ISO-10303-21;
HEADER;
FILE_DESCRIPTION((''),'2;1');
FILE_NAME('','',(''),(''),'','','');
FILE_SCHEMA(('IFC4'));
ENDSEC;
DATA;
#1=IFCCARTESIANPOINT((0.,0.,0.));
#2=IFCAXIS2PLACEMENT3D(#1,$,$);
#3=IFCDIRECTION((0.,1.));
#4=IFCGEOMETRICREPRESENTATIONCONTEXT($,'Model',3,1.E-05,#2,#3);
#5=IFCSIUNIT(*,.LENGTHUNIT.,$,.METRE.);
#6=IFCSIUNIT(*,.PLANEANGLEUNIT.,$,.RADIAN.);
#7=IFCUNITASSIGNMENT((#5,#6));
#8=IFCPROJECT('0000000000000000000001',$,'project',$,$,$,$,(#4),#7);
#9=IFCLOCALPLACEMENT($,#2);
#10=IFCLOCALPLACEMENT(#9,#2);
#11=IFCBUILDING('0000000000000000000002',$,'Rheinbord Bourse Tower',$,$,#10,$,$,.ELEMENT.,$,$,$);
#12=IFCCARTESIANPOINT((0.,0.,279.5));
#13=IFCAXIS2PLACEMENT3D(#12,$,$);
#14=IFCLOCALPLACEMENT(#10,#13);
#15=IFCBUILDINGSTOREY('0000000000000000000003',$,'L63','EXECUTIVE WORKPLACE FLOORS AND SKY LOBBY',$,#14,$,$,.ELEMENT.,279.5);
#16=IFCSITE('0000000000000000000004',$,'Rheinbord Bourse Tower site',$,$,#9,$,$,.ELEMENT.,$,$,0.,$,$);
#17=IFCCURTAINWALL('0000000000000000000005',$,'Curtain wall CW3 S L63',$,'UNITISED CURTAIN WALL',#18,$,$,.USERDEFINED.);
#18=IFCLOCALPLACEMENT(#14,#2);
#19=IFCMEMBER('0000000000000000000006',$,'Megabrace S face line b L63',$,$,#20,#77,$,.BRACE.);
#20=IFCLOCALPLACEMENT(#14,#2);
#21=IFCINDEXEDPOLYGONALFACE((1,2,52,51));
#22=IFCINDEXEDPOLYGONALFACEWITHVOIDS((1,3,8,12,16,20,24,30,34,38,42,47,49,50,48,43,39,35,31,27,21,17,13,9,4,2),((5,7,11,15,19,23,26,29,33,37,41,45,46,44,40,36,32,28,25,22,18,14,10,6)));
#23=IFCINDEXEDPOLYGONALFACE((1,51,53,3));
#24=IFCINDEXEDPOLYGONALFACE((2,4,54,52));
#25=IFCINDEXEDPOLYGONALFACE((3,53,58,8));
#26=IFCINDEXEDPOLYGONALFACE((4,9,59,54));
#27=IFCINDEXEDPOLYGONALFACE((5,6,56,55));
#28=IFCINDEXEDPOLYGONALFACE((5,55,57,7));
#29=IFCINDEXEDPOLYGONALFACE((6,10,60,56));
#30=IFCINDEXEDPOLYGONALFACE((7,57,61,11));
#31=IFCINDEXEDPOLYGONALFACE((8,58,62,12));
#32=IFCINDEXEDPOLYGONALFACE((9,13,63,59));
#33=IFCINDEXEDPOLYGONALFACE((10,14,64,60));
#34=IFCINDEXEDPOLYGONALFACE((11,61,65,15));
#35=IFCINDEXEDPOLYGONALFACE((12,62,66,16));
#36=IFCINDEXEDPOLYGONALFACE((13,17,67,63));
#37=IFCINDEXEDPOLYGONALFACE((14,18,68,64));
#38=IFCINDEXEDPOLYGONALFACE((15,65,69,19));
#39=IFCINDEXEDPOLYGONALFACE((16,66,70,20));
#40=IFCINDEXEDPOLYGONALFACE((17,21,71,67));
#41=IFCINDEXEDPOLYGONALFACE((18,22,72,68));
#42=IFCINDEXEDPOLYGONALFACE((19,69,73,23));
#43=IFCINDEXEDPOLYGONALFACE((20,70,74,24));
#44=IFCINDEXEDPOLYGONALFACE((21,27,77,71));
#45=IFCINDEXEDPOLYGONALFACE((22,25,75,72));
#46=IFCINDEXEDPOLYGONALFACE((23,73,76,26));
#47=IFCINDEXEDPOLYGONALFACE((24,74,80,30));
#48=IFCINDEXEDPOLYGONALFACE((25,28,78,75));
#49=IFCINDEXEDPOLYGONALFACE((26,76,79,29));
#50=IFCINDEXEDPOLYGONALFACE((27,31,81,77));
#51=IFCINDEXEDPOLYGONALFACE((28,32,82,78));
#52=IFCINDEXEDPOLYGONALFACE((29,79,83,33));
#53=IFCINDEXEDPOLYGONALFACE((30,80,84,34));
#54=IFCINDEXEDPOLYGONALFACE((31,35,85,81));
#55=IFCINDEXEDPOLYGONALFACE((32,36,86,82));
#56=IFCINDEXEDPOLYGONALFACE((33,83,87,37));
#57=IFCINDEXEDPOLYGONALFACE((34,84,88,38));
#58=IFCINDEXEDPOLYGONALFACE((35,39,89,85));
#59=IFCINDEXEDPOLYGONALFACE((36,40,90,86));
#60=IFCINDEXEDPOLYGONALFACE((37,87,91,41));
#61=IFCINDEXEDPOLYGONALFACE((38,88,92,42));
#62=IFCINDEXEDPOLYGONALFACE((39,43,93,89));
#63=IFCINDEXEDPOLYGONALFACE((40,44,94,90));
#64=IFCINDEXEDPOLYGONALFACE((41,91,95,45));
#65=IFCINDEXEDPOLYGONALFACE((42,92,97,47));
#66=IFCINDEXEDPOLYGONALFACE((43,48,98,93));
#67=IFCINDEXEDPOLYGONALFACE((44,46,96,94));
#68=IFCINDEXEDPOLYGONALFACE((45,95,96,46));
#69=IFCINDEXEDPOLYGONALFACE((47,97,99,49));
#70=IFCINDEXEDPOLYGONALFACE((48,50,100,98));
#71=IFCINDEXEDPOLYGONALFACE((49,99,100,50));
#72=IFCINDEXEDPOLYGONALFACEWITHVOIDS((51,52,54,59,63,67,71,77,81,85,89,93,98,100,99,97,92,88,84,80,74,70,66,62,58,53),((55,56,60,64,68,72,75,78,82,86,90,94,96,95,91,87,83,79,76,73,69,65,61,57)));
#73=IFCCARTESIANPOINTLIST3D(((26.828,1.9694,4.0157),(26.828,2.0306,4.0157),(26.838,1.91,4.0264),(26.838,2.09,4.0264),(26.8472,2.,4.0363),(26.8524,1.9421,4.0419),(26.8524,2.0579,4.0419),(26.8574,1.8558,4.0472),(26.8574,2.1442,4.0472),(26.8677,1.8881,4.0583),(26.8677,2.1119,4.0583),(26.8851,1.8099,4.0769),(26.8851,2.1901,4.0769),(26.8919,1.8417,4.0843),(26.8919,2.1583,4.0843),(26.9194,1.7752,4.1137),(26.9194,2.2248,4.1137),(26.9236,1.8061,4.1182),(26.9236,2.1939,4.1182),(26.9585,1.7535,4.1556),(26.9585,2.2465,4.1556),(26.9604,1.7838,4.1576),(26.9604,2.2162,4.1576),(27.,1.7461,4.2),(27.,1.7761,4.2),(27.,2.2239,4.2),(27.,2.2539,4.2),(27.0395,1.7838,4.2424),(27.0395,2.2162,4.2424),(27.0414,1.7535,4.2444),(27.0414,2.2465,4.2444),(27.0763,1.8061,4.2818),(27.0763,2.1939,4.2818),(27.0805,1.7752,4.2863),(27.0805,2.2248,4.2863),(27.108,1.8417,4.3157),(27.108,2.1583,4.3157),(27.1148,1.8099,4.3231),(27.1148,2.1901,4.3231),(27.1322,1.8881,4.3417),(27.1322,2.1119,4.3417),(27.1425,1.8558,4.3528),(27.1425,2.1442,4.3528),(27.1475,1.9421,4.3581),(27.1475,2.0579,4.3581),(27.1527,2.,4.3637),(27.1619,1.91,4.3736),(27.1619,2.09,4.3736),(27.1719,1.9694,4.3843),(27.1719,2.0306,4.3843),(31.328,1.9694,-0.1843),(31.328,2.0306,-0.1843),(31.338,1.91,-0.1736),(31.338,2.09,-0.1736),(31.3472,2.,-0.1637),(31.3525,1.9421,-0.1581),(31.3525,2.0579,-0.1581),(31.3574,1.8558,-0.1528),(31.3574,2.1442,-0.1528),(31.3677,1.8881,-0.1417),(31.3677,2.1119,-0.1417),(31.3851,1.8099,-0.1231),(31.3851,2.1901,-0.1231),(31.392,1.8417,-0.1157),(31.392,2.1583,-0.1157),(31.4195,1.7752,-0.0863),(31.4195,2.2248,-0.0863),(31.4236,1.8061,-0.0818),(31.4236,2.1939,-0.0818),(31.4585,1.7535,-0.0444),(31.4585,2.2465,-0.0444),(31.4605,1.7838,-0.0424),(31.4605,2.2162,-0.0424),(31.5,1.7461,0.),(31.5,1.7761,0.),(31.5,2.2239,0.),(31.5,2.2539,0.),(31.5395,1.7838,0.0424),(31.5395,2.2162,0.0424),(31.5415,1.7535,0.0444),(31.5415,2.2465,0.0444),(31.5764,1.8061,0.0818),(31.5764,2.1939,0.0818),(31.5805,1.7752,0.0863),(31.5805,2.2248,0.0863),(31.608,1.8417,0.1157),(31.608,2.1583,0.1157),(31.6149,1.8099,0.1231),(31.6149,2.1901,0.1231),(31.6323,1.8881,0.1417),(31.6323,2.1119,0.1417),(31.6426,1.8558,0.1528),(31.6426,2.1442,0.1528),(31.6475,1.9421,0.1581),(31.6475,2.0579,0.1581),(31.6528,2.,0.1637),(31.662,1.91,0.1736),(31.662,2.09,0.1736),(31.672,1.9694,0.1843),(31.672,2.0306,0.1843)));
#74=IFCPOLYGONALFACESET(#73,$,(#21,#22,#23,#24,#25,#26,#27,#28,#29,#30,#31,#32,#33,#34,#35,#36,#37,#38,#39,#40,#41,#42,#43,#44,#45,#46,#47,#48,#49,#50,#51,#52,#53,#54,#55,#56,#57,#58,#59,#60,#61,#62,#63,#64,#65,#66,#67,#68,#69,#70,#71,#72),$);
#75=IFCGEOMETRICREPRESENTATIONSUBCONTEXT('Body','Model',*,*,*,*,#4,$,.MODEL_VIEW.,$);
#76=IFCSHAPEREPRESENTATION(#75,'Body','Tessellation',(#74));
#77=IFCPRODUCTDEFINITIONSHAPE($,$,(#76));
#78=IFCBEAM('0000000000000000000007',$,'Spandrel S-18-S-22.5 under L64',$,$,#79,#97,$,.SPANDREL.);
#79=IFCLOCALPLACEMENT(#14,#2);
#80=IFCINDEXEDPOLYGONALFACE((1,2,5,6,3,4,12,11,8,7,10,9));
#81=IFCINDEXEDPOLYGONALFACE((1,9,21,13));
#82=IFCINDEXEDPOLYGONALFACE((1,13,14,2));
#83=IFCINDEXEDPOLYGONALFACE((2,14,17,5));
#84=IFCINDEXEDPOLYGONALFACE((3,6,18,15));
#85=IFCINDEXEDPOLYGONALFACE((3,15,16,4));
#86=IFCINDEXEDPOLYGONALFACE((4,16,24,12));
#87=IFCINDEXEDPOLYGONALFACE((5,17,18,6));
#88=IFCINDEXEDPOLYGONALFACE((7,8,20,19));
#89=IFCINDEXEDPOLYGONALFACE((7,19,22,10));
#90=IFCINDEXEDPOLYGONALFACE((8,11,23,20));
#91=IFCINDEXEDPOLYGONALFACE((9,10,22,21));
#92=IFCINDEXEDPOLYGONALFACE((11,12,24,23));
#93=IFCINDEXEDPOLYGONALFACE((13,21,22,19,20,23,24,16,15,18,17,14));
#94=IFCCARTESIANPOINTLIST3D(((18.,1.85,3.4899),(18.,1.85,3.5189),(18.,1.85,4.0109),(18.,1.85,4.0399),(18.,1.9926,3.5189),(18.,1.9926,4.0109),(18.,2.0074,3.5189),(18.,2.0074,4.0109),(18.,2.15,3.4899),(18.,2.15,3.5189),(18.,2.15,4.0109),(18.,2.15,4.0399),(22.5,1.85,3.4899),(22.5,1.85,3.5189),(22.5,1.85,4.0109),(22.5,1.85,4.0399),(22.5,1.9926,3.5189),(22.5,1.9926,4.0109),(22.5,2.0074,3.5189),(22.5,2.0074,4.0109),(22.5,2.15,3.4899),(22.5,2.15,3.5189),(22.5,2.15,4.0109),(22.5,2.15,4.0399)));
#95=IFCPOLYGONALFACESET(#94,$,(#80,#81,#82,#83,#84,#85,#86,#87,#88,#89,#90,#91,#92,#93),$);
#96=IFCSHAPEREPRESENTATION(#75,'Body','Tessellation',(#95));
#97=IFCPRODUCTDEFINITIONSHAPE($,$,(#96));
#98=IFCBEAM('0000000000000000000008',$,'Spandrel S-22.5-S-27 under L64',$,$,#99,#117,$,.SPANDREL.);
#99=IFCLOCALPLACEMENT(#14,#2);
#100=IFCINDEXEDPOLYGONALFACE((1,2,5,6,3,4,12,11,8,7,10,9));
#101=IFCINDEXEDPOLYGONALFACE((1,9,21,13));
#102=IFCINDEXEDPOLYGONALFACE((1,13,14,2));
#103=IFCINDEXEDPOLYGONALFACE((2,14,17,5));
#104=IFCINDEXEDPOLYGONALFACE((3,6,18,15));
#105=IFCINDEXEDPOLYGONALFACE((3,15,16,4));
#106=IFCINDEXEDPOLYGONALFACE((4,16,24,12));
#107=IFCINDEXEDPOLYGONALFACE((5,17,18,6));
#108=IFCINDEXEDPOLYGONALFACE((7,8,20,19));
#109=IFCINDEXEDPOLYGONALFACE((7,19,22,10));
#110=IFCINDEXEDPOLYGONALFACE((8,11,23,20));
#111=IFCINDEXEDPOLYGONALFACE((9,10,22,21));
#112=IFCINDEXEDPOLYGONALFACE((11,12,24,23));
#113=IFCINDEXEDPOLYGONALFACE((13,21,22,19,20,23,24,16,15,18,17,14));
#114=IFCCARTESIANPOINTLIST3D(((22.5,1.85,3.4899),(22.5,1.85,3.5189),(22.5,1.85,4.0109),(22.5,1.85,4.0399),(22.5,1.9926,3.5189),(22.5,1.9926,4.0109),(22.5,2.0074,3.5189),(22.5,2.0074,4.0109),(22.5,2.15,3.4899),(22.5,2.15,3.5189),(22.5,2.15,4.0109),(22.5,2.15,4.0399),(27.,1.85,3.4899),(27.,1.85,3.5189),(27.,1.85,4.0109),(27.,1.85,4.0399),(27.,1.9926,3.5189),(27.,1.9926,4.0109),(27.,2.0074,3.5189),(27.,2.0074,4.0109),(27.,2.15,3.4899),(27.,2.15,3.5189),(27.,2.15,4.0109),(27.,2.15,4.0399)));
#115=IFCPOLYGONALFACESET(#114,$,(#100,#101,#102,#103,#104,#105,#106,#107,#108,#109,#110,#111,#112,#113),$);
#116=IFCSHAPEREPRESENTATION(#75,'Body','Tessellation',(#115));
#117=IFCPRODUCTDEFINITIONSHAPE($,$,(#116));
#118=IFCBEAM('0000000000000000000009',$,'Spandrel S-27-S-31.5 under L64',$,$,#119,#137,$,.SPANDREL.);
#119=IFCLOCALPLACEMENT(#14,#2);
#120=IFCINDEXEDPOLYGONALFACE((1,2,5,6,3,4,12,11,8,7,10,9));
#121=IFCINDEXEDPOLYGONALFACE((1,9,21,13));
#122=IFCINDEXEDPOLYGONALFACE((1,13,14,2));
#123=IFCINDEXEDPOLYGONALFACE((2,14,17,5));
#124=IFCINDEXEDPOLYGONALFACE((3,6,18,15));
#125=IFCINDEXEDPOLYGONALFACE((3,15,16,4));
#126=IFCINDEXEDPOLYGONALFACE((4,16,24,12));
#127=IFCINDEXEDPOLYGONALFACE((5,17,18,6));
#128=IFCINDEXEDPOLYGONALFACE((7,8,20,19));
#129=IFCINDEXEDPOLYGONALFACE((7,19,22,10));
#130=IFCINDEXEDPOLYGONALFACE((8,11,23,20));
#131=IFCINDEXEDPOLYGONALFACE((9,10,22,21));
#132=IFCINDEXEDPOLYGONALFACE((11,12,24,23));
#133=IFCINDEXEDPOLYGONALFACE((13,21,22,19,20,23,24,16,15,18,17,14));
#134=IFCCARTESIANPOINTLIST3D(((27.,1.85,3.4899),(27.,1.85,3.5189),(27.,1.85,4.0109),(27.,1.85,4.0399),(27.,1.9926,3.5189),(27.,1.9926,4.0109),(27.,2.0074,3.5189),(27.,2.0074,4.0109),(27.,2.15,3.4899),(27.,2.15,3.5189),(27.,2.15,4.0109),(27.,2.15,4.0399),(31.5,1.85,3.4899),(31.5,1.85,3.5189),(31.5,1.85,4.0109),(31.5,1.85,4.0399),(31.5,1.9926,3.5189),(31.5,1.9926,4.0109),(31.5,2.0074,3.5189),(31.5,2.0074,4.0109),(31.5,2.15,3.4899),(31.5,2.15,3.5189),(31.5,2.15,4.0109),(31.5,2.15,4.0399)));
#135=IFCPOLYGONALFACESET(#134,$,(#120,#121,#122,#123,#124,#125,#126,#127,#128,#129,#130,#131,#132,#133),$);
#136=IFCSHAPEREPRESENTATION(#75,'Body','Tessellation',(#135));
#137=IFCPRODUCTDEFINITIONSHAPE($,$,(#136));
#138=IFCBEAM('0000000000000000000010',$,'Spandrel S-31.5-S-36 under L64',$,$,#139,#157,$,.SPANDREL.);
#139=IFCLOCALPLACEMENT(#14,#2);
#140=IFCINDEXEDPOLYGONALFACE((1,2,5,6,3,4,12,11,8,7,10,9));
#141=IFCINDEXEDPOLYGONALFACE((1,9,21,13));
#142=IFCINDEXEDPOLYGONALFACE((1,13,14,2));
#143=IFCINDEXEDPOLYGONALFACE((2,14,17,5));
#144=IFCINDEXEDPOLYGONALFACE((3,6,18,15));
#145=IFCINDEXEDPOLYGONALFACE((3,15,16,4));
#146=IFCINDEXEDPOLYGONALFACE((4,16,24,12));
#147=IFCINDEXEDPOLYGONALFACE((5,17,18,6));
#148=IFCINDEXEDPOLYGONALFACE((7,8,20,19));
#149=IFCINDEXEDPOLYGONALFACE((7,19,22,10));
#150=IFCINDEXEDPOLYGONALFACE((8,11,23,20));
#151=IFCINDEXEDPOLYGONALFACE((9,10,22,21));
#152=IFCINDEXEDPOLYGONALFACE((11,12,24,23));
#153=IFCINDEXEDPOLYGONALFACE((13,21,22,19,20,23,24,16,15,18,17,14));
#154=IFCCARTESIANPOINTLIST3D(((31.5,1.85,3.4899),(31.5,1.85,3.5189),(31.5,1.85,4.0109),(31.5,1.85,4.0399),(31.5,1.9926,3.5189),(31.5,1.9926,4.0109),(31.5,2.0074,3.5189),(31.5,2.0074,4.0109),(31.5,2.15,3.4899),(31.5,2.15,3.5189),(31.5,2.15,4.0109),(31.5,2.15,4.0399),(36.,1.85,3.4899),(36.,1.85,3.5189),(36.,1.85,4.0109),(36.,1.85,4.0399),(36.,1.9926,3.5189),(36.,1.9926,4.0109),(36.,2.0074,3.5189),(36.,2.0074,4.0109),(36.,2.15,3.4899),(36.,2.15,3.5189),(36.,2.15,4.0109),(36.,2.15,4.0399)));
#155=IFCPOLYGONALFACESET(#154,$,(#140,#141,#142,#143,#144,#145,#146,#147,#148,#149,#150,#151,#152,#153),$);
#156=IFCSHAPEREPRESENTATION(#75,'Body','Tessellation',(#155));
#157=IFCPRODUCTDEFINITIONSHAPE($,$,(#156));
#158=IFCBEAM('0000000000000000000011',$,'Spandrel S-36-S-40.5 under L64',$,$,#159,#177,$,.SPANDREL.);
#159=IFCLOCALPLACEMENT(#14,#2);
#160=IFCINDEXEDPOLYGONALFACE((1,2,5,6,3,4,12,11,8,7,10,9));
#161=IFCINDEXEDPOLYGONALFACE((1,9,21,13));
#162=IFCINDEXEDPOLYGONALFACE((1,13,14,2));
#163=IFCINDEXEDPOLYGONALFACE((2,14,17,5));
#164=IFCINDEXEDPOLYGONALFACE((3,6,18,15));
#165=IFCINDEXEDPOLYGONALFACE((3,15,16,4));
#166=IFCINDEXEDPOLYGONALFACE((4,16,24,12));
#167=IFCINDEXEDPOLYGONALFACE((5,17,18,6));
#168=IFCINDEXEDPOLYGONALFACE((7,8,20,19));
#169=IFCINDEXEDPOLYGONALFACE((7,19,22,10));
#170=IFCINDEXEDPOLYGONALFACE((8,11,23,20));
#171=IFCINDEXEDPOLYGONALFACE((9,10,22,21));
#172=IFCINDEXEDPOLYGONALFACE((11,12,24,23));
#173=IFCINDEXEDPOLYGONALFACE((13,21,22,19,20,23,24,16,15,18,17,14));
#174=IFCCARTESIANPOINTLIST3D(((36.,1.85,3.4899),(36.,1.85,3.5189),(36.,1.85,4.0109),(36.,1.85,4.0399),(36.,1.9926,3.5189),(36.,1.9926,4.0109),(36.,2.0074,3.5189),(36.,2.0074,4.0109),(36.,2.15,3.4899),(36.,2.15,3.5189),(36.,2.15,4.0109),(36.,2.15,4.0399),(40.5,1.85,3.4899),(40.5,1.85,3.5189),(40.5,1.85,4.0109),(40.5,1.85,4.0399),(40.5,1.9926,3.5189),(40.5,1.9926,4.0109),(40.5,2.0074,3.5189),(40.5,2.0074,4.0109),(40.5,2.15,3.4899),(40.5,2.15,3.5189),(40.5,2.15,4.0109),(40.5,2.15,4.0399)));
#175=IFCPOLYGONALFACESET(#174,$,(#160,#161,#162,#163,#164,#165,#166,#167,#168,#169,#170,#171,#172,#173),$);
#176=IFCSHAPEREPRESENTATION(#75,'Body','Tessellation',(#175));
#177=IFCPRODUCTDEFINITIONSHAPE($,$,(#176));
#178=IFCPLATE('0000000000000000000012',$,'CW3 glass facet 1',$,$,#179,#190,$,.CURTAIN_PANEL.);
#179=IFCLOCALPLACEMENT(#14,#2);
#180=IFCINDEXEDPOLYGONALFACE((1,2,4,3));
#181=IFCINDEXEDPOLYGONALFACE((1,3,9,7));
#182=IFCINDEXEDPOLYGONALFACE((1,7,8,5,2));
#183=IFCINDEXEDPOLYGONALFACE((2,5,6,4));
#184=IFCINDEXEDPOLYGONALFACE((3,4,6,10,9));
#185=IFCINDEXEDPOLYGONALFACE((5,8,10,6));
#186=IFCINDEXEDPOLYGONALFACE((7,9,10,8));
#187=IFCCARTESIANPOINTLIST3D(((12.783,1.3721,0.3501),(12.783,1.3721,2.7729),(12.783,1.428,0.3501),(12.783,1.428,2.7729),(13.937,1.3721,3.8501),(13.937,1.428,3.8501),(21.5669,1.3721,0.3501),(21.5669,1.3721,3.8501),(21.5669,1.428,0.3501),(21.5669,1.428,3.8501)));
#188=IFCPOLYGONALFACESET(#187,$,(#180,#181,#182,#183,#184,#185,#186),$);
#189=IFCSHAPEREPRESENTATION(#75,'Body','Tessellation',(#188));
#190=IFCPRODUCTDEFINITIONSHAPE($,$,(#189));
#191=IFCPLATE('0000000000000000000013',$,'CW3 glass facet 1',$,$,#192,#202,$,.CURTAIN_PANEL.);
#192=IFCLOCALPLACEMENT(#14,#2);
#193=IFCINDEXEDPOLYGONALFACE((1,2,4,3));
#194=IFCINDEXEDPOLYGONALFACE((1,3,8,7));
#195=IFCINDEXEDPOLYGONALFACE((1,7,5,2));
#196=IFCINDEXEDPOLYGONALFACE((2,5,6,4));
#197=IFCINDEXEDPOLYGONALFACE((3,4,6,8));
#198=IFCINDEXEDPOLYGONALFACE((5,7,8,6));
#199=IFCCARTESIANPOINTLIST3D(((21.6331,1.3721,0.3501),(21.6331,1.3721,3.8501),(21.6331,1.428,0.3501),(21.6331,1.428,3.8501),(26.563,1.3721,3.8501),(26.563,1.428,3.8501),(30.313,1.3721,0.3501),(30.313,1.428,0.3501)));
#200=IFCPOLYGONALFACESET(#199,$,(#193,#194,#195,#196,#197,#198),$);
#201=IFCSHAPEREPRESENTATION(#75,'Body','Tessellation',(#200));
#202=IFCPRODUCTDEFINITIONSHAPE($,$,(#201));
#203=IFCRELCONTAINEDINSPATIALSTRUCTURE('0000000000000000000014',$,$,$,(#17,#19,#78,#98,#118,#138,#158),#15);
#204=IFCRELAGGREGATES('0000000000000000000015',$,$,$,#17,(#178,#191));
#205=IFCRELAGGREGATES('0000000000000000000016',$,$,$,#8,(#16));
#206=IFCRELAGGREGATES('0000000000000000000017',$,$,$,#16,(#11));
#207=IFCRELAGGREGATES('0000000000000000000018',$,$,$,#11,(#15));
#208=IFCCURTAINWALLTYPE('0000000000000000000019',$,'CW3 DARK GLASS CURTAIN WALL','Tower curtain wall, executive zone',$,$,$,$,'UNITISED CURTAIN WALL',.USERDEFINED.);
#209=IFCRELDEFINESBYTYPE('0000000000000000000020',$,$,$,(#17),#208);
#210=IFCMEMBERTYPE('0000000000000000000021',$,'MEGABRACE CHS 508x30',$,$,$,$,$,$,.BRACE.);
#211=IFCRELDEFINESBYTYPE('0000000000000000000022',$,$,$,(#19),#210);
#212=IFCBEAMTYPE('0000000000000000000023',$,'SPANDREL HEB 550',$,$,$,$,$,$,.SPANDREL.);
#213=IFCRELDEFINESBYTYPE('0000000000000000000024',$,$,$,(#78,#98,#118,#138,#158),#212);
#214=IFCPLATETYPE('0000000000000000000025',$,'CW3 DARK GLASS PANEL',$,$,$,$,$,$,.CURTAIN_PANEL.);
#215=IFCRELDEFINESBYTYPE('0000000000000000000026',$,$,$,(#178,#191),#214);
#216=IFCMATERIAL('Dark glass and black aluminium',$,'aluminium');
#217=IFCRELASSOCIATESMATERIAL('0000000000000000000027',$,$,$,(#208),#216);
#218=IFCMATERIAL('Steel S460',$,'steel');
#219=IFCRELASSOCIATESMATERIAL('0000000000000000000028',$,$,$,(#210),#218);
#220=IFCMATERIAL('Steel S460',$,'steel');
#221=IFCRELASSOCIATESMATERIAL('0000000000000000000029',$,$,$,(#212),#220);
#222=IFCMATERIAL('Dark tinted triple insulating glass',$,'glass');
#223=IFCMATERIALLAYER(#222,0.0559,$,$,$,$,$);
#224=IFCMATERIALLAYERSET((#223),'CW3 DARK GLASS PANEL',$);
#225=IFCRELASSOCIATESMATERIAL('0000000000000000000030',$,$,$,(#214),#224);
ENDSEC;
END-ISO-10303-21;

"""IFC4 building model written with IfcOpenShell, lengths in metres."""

from ifc_helpers import new_model, si_unit, direction, frame, origin, origin_2d, place, context, subcontext, project, spatial, polyline, hollow_circle, i_section, outline, extrude, material, layer, layer_set, material_profile, profile_set, type_object, element, aggregate, save


model = new_model("IFC4")

# Units and contexts
model_context = context("Model", 3, precision=1e-05, world=origin(), true_north=direction((0.0, 1.0)))
body_context = subcontext(model_context, "Body", "Model", "MODEL_VIEW")
ifc_project = project(units=[si_unit("LENGTHUNIT", "METRE"), si_unit("PLANEANGLEUNIT", "RADIAN")], contexts=[model_context])

# Site, building, storey
site_placement = place(None, origin())
site = spatial("IfcSite", under=ifc_project, at=site_placement, Name="Rheinbord Bourse Tower site", CompositionType="ELEMENT", RefElevation=0.0)
building_placement = place(site_placement, origin())
building = spatial("IfcBuilding", under=site, at=building_placement, Name="Rheinbord Bourse Tower", CompositionType="ELEMENT")
storey_placement = place(building_placement, frame((0.0, 0.0, 279.5)))
storey = spatial("IfcBuildingStorey", under=building, at=storey_placement, Name="L63", Description="EXECUTIVE WORKPLACE FLOORS AND SKY LOBBY", CompositionType="ELEMENT", Elevation=279.5)

# Curtain wall
ifc_material_1 = material(Name="Dark glass and black aluminium", Category="aluminium")
curtain_wall_type = type_object("IfcCurtainWallType", Name="CW3 DARK GLASS CURTAIN WALL", Description="Tower curtain wall, executive zone", ElementType="UNITISED CURTAIN WALL", PredefinedType="USERDEFINED", material=ifc_material_1)
curtain_wall_placement = place(storey_placement, origin())
curtain_wall = element("IfcCurtainWall", 1, at=curtain_wall_placement, inside=storey, type_object=curtain_wall_type, Name="Curtain wall CW3 S L63", ObjectType="UNITISED CURTAIN WALL", PredefinedType="USERDEFINED")

# Member
ifc_material_2 = material(Name="Steel S460", Category="steel")
ifc_material_profile_1 = material_profile(ifc_material_2, hollow_circle(Radius=0.2539, WallThickness=0.03, at=origin_2d()), Name="CHS 508x30")
ifc_profile_set_1 = profile_set([ifc_material_profile_1], Name="Steel S460")
member_type_1 = type_object("IfcMemberType", Name="MEGABRACE CHS 508x30", PredefinedType="BRACE", material=ifc_profile_set_1)
member_1_placement = place(storey_placement, frame((31.5, 2.0, 0.0), z_axis=(-0.731059, 0.0, 0.682314), x_axis=(0.0, -1.0, 0.0)))
element("IfcMember", 2, at=member_1_placement, inside=storey, type_object=member_type_1, Name="Megabrace S face line b L63", PredefinedType="BRACE", context=body_context, shape_type="SweptSolid", body=[
    extrude(hollow_circle(Radius=0.2539, WallThickness=0.03, at=origin_2d()), origin(), (0.0, 0.0, 1.0), 6.1555),
])

# Beams
ifc_material_3 = material(Name="Steel S460", Category="steel")
ifc_material_profile_2 = material_profile(ifc_material_3, i_section(OverallWidth=0.3, OverallDepth=0.55, WebThickness=0.0149, FlangeThickness=0.0291, at=origin_2d()), Name="HEB 550")
ifc_profile_set_2 = profile_set([ifc_material_profile_2], Name="Steel S460")
beam_type_1 = type_object("IfcBeamType", Name="SPANDREL HEB 550", PredefinedType="SPANDREL", material=ifc_profile_set_2)
for number, where, z_axis, x_axis, name in (
    (3, (18.0, 2.0, 3.7649), (1.0, 0.0, 0.0), (0.0, 1.0, 0.0), "Spandrel S-18-S-22.5 under L64"),
    (4, (22.5, 2.0, 3.7649), (1.0, 0.0, 0.0), (0.0, 1.0, 0.0), "Spandrel S-22.5-S-27 under L64"),
    (5, (27.0, 2.0, 3.7649), (1.0, 0.0, 0.0), (0.0, 1.0, 0.0), "Spandrel S-27-S-31.5 under L64"),
    (6, (31.5, 2.0, 3.7649), (1.0, 0.0, 0.0), (0.0, 1.0, 0.0), "Spandrel S-31.5-S-36 under L64"),
    (7, (36.0, 2.0, 3.7649), (1.0, 0.0, 0.0), (0.0, 1.0, 0.0), "Spandrel S-36-S-40.5 under L64"),
):
    element("IfcBeam", number, at=place(storey_placement, frame(where, z_axis=z_axis, x_axis=x_axis)), inside=storey, type_object=beam_type_1, Name=name, PredefinedType="SPANDREL", context=body_context, shape_type="SweptSolid", body=[
        extrude(i_section(OverallWidth=0.3, OverallDepth=0.55, WebThickness=0.0149, FlangeThickness=0.0291, at=origin_2d()), origin(), (0.0, 0.0, 1.0), 4.5),
    ])

# Plates
ifc_material_4 = material(Name="Dark tinted triple insulating glass", Category="glass")
ifc_layer = layer(ifc_material_4, 0.0559)
ifc_layer_set = layer_set([ifc_layer], Name="CW3 DARK GLASS PANEL")
plate_type = type_object("IfcPlateType", Name="CW3 DARK GLASS PANEL", PredefinedType="CURTAIN_PANEL", material=ifc_layer_set)
plate_1_placement = place(storey_placement, frame((21.5669, 1.3721, 3.8501), z_axis=(0.0, 1.0, 0.0), x_axis=(0.0, 0.0, -1.0)))
plate_1 = element("IfcPlate", 8, at=plate_1_placement, type_object=plate_type, Name="CW3 glass facet 1", PredefinedType="CURTAIN_PANEL", context=body_context, shape_type="SweptSolid", body=[
    extrude(outline(polyline([(0.0, 0.0), (3.5, 0.0), (3.5, 8.7839), (1.0771, 8.7839), (0.0, 7.6299), (0.0, 0.0)])), origin(), (0.0, 0.0, 1.0), 0.0559),
])
plate_2_placement = place(storey_placement, frame((21.6331, 1.3721, 0.3501), z_axis=(0.0, 1.0, 0.0), x_axis=(0.0, 0.0, 1.0)))
plate_2 = element("IfcPlate", 9, at=plate_2_placement, type_object=plate_type, Name="CW3 glass facet 1", PredefinedType="CURTAIN_PANEL", context=body_context, shape_type="SweptSolid", body=[
    extrude(outline(polyline([(0.0, 0.0), (3.5, 0.0), (3.5, 4.9299), (0.0, 8.6799), (0.0, 0.0)])), origin(), (0.0, 0.0, 1.0), 0.0559),
])
aggregate(curtain_wall, [plate_1, plate_2])

save(model, "model.ifc")
